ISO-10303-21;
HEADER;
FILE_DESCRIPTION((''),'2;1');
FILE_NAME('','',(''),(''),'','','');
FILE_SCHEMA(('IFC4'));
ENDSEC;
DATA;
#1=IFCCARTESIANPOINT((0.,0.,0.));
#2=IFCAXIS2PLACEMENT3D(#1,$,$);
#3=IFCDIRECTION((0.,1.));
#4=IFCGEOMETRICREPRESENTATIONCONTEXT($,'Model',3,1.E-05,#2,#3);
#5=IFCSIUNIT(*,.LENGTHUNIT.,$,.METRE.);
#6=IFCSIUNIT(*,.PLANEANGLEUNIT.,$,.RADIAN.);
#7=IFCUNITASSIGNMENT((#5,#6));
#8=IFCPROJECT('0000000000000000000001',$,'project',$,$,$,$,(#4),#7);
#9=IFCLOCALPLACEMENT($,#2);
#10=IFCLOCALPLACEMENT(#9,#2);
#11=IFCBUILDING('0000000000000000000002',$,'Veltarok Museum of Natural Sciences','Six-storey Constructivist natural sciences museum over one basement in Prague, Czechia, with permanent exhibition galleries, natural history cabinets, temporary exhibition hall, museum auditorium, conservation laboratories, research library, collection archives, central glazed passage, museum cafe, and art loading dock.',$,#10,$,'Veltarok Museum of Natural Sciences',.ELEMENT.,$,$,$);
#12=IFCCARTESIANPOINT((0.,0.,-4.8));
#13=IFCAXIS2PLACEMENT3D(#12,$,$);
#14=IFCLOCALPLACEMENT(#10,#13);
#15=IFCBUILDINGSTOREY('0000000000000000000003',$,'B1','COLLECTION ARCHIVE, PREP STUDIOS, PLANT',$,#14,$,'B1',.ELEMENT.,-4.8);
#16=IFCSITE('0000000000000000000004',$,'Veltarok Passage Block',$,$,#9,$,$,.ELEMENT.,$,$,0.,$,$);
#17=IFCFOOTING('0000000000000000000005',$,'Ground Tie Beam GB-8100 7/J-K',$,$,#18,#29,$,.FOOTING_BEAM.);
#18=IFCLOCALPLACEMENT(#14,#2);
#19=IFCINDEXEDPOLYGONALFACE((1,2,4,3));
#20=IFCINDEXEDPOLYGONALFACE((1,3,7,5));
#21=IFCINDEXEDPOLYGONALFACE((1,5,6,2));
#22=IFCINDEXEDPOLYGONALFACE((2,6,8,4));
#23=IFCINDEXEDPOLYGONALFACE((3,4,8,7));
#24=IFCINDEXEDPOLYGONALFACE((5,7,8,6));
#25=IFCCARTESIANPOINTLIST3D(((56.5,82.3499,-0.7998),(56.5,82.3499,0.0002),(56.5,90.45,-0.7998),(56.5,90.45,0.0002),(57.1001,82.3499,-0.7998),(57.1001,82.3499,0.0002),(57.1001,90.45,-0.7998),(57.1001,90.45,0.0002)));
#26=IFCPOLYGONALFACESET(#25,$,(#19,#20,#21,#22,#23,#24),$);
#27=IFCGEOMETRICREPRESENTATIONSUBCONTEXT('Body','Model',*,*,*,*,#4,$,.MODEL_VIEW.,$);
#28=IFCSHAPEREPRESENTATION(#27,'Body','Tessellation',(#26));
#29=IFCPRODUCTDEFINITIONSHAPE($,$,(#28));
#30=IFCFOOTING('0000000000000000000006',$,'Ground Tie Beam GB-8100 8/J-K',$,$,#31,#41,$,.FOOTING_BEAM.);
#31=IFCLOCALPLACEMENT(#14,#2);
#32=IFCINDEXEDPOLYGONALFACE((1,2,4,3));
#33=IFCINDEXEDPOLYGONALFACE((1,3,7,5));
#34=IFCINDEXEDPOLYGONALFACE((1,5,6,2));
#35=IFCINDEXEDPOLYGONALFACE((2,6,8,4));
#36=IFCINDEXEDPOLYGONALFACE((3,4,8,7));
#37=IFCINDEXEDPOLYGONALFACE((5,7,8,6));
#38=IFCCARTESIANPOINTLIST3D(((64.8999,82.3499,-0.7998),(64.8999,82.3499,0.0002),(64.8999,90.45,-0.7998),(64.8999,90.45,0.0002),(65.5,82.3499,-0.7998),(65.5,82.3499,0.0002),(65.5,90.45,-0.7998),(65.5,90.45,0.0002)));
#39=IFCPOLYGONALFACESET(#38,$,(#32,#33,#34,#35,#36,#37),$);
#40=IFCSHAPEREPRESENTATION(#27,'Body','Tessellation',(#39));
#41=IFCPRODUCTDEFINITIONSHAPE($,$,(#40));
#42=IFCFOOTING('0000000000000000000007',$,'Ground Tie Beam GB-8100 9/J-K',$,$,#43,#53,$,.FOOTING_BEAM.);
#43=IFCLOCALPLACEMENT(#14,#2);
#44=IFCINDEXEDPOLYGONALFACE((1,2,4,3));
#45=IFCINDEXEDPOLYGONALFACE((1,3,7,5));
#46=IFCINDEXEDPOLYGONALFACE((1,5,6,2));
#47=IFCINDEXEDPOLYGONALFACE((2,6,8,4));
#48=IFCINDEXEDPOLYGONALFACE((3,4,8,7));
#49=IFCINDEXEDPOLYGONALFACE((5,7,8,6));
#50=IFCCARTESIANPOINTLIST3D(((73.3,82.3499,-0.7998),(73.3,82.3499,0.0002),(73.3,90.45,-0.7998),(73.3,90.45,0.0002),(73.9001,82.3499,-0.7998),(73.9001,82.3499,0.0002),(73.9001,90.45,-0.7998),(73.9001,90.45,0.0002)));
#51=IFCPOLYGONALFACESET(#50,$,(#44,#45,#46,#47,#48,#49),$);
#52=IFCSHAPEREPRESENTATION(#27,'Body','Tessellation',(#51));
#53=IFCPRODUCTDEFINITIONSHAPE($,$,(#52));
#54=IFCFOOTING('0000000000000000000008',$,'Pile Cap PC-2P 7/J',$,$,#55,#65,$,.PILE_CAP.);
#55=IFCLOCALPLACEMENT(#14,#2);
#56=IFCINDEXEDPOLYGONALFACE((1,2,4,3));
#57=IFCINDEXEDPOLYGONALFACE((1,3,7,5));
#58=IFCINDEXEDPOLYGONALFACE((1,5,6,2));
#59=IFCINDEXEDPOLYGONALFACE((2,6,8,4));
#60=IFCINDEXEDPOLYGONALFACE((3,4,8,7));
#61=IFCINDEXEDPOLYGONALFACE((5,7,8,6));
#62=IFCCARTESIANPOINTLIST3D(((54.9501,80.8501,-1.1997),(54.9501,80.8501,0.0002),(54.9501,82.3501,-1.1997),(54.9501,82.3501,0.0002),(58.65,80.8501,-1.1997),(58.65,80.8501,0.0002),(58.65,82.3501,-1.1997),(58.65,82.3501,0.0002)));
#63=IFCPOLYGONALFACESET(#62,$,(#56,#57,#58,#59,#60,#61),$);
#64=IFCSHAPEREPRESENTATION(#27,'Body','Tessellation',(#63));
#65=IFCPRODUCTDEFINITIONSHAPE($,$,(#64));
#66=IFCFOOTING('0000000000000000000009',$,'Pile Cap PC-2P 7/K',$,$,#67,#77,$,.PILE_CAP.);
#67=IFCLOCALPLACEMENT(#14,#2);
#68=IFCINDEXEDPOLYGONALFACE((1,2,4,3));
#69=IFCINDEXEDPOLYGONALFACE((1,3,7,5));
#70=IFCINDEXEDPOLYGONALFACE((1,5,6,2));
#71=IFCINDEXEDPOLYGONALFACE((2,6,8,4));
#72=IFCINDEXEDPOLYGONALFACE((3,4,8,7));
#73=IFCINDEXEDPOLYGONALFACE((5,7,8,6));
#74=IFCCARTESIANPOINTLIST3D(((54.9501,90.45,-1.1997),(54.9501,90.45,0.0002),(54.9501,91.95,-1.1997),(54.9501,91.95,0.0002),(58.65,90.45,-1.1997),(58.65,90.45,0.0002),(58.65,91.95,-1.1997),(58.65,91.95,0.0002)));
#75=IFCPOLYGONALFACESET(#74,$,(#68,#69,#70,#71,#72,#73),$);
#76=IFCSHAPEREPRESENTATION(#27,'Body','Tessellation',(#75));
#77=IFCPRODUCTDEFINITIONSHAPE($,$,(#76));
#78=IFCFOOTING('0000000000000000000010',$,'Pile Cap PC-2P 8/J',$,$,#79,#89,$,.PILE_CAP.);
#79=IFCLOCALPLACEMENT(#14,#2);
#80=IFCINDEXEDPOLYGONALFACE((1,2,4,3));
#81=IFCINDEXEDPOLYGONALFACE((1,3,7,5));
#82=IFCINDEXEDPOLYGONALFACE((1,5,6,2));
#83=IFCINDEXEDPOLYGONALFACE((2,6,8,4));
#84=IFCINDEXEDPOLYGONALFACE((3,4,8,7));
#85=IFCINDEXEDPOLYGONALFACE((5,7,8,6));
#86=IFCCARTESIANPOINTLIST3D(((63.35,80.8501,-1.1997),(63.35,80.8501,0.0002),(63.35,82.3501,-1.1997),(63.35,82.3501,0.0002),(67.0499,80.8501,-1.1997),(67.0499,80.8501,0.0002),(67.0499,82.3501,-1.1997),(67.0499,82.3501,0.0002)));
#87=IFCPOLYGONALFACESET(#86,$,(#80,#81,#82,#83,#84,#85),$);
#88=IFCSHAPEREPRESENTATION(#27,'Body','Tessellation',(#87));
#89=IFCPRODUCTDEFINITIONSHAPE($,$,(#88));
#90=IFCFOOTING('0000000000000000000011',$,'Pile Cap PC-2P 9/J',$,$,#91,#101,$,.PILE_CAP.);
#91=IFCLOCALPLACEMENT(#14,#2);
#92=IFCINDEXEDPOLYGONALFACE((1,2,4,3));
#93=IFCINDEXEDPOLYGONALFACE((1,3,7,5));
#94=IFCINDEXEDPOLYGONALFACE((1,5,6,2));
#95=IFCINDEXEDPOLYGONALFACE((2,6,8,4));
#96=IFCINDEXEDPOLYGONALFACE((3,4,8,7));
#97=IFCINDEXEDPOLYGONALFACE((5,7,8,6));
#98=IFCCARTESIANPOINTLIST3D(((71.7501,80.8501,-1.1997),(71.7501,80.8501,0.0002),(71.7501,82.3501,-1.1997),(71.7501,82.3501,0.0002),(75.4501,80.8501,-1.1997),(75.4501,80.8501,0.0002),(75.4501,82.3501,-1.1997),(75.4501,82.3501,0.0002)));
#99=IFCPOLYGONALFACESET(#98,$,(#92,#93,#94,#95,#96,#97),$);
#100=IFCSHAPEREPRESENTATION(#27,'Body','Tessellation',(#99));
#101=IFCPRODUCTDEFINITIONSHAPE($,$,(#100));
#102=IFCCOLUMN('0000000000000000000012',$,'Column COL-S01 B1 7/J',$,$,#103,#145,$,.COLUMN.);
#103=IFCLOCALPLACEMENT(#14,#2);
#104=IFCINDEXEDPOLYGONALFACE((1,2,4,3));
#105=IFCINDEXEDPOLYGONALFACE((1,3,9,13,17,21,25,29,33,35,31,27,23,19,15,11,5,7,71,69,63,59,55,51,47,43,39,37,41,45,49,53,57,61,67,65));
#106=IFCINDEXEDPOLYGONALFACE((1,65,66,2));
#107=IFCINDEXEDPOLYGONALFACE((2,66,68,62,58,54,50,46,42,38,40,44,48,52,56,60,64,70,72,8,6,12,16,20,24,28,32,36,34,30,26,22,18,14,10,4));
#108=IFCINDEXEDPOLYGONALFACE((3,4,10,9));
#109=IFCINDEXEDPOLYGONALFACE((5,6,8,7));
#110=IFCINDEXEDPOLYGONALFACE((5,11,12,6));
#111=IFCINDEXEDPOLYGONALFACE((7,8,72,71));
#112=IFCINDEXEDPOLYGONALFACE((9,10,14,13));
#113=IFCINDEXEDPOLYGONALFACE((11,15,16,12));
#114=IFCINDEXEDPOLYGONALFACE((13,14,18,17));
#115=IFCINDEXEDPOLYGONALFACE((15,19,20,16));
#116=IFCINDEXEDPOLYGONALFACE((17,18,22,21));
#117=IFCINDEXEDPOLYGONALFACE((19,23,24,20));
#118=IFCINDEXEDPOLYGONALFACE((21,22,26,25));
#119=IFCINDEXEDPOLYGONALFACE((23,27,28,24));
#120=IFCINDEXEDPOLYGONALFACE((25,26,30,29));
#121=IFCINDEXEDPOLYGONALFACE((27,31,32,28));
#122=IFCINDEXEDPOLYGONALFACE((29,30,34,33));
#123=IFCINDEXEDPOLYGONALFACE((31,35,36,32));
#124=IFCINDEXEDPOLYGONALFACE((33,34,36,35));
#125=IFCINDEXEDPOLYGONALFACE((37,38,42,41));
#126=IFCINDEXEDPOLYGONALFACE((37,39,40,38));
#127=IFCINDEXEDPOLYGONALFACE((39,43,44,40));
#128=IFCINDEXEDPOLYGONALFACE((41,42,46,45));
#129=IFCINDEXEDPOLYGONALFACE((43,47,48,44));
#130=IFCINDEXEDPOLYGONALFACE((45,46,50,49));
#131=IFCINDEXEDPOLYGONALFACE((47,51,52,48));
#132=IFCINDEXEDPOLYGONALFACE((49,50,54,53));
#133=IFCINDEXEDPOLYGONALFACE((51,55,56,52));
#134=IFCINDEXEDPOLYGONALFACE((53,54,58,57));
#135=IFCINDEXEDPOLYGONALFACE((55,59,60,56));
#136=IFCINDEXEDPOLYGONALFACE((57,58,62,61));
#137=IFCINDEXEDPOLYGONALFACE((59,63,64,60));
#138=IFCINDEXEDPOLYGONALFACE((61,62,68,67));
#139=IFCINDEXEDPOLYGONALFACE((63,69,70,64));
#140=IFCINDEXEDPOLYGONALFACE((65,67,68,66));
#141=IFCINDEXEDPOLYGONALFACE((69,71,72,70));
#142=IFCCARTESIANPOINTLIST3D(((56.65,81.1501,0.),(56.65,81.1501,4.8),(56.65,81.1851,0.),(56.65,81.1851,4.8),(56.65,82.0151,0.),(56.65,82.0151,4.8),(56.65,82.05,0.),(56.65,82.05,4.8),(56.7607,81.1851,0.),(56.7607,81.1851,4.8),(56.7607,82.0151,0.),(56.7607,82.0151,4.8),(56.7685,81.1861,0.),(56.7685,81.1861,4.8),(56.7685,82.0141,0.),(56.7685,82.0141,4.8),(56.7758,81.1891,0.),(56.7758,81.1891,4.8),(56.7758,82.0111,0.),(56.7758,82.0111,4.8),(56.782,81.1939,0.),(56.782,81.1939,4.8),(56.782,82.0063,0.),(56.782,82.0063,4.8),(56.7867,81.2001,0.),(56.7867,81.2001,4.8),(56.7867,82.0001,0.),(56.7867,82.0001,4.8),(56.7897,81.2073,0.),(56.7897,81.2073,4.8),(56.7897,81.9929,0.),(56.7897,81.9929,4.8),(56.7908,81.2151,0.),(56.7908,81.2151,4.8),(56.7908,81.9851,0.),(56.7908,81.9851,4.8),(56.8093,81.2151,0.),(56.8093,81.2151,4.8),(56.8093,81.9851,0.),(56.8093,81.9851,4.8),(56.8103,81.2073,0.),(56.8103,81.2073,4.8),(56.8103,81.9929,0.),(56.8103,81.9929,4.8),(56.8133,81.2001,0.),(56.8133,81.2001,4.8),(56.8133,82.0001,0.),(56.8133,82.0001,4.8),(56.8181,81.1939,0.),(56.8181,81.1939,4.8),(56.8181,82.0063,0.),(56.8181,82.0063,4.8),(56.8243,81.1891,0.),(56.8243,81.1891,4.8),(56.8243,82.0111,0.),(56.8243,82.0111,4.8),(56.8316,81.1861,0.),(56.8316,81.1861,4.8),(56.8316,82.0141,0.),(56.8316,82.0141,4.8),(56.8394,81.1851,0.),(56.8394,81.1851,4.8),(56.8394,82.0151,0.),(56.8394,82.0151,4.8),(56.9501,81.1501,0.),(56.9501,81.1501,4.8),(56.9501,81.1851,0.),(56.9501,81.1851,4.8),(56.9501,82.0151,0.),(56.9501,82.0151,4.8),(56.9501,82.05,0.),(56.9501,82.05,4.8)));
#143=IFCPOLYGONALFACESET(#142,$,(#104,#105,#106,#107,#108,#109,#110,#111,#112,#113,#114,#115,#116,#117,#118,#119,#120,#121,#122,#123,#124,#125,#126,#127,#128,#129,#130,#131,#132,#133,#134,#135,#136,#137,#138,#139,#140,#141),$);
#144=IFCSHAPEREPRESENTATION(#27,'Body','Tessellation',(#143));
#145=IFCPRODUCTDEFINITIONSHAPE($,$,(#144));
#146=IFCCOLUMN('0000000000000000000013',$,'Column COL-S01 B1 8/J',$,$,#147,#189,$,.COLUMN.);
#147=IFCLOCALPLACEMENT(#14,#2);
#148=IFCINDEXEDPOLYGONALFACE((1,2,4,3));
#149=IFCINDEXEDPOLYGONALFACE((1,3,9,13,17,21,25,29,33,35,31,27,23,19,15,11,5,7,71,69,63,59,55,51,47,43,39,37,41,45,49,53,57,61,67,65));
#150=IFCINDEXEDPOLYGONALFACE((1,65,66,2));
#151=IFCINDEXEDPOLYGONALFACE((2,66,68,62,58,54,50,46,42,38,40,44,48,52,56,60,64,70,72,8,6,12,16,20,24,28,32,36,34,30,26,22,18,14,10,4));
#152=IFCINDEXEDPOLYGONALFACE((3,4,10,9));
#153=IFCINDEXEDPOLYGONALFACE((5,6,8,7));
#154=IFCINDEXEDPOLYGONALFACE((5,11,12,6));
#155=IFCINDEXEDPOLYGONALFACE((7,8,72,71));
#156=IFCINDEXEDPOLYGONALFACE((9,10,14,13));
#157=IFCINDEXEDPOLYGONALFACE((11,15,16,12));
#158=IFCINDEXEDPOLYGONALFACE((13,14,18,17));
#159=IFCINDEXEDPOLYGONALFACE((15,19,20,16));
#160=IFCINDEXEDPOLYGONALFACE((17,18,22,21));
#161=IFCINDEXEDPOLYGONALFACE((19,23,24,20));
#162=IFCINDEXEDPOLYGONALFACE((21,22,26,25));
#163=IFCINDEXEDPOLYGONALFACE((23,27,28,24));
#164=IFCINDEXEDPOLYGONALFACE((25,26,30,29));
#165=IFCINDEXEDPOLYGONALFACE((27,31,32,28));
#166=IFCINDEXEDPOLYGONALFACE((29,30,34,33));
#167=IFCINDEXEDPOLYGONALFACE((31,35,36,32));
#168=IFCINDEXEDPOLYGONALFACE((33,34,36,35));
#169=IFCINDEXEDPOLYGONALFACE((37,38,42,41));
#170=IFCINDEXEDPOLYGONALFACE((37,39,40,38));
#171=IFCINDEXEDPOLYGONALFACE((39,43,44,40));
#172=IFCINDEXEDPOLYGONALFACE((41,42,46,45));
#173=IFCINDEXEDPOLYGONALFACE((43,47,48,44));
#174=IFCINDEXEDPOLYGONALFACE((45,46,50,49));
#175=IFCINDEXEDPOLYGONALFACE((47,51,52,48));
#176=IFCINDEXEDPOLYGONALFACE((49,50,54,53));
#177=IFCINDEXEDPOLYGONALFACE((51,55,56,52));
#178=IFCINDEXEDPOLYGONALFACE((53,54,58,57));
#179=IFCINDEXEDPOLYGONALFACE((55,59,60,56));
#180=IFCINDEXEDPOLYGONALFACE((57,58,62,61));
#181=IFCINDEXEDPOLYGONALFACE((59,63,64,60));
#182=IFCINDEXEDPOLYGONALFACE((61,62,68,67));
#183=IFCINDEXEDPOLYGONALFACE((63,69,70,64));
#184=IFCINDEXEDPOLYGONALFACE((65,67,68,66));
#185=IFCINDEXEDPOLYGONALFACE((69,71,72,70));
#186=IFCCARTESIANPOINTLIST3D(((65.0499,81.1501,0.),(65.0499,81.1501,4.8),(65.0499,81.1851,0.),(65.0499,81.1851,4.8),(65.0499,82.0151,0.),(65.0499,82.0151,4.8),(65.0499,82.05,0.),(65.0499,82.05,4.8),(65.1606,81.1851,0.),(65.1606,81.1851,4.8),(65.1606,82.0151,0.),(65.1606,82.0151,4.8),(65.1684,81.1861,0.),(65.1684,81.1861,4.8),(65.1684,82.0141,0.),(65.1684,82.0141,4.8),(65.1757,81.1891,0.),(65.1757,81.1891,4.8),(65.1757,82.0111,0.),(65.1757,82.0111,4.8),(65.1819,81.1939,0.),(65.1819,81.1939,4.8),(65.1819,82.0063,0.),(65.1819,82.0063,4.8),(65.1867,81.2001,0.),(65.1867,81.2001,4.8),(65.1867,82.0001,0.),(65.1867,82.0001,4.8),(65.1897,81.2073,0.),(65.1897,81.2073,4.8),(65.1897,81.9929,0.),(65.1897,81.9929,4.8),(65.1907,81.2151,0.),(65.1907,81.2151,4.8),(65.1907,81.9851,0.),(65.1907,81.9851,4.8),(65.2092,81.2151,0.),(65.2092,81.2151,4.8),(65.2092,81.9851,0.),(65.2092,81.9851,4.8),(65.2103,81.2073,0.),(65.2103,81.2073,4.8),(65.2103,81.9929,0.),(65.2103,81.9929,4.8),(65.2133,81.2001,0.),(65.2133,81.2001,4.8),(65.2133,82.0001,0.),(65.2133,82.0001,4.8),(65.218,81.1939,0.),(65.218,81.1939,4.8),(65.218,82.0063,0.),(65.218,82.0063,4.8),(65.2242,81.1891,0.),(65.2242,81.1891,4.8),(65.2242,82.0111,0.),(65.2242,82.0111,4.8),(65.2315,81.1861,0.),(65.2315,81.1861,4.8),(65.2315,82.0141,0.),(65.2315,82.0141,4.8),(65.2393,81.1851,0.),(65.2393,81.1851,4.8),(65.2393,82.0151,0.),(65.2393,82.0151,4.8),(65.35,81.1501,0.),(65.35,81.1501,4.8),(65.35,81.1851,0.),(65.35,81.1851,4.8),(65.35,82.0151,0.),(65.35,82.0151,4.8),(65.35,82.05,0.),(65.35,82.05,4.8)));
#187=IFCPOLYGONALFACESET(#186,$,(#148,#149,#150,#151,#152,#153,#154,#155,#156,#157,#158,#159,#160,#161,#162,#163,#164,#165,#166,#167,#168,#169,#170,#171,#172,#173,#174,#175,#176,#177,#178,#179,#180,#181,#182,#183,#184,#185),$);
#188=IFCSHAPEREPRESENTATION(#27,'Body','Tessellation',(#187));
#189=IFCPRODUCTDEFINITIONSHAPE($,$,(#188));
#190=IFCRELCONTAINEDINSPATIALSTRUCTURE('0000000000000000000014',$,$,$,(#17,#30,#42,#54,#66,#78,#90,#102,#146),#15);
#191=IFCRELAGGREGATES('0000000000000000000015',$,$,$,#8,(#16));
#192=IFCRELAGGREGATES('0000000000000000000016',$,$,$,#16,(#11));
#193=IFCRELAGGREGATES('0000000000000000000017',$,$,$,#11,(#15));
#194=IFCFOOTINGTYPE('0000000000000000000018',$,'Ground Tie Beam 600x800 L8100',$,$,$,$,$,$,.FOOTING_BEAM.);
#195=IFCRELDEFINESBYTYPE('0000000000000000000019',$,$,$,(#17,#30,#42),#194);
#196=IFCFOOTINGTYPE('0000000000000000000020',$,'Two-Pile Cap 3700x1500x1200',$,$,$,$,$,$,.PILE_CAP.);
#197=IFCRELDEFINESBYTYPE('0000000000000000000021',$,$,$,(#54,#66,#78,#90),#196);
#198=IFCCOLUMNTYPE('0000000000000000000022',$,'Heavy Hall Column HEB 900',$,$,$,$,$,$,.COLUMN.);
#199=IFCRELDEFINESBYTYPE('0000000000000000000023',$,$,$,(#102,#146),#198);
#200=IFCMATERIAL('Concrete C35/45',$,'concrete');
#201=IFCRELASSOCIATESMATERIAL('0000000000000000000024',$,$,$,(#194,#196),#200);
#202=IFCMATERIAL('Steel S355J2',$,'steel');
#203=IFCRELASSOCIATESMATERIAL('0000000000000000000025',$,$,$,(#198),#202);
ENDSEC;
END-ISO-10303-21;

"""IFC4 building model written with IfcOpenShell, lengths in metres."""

from ifc_helpers import new_model, si_unit, direction, frame, origin, origin_2d, place, context, subcontext, project, spatial, rectangle, i_section, extrude, material, material_profile, profile_set, type_object, element, save


model = new_model("IFC4")

# Units and contexts
model_context = context("Model", 3, precision=1e-05, world=origin(), true_north=direction((0.0, 1.0)))
body_context = subcontext(model_context, "Body", "Model", "MODEL_VIEW")
ifc_project = project(units=[si_unit("LENGTHUNIT", "METRE"), si_unit("PLANEANGLEUNIT", "RADIAN")], contexts=[model_context])

# Site, building, storey
site_placement = place(None, origin())
site = spatial("IfcSite", under=ifc_project, at=site_placement, Name="Veltarok Passage Block", CompositionType="ELEMENT", RefElevation=0.0)
building_placement = place(site_placement, origin())
building = spatial("IfcBuilding", under=site, at=building_placement, Name="Veltarok Museum of Natural Sciences", Description="Six-storey Constructivist natural sciences museum over one basement in Prague, Czechia, with permanent exhibition galleries, natural history cabinets, temporary exhibition hall, museum auditorium, conservation laboratories, research library, collection archives, central glazed passage, museum cafe, and art loading dock.", LongName="Veltarok Museum of Natural Sciences", CompositionType="ELEMENT")
storey_placement = place(building_placement, frame((0.0, 0.0, -4.8)))
storey = spatial("IfcBuildingStorey", under=building, at=storey_placement, Name="B1", Description="COLLECTION ARCHIVE, PREP STUDIOS, PLANT", LongName="B1", CompositionType="ELEMENT", Elevation=-4.8)

# Shared definitions
ifc_material_1 = material(Name="Concrete C35/45", Category="concrete")

# Footings
footing_type_1 = type_object("IfcFootingType", Name="Ground Tie Beam 600x800 L8100", PredefinedType="FOOTING_BEAM", material=ifc_material_1)
for number, where, z_axis, x_axis, name in (
    (1, (56.8, 86.3999, -0.7998), (0.0, 0.0, 1.0), (0.0, 1.0, 0.0), "Ground Tie Beam GB-8100 7/J-K"),
    (2, (65.2, 86.3999, -0.7998), (0.0, 0.0, 1.0), (0.0, 1.0, 0.0), "Ground Tie Beam GB-8100 8/J-K"),
    (3, (73.6001, 86.3999, -0.7998), (0.0, 0.0, 1.0), (0.0, 1.0, 0.0), "Ground Tie Beam GB-8100 9/J-K"),
):
    element("IfcFooting", number, at=place(storey_placement, frame(where, z_axis=z_axis, x_axis=x_axis)), inside=storey, type_object=footing_type_1, Name=name, PredefinedType="FOOTING_BEAM", context=body_context, shape_type="SweptSolid", body=[
        extrude(rectangle(XDim=8.1001, YDim=0.6001, at=origin_2d()), origin(), (0.0, 0.0, 1.0), 0.8),
    ])
footing_type_2 = type_object("IfcFootingType", Name="Two-Pile Cap 3700x1500x1200", PredefinedType="PILE_CAP", material=ifc_material_1)
for number, where, z_axis, x_axis, name in (
    (4, (56.8, 81.6001, -1.1997), (0.0, 0.0, 1.0), (1.0, 0.0, 0.0), "Pile Cap PC-2P 7/J"),
    (5, (56.8, 91.2, -1.1997), (0.0, 0.0, 1.0), (1.0, 0.0, 0.0), "Pile Cap PC-2P 7/K"),
    (6, (65.2, 81.6001, -1.1997), (0.0, 0.0, 1.0), (1.0, 0.0, 0.0), "Pile Cap PC-2P 8/J"),
    (7, (73.6001, 81.6001, -1.1997), (0.0, 0.0, 1.0), (1.0, 0.0, 0.0), "Pile Cap PC-2P 9/J"),
):
    element("IfcFooting", number, at=place(storey_placement, frame(where, z_axis=z_axis, x_axis=x_axis)), inside=storey, type_object=footing_type_2, Name=name, PredefinedType="PILE_CAP", context=body_context, shape_type="SweptSolid", body=[
        extrude(rectangle(XDim=3.7, YDim=1.5, at=origin_2d()), origin(), (0.0, 0.0, 1.0), 1.2),
    ])

# Columns
ifc_material_2 = material(Name="Steel S355J2", Category="steel")
ifc_material_profile_1 = material_profile(ifc_material_2, i_section(OverallWidth=0.3, OverallDepth=0.8999, WebThickness=0.0186, FlangeThickness=0.0349, FilletRadius=0.03, at=origin_2d()), Name="HEB 900")
ifc_profile_set_1 = profile_set([ifc_material_profile_1], Name="Steel S355J2")
column_type = type_object("IfcColumnType", Name="Heavy Hall Column HEB 900", PredefinedType="COLUMN", material=ifc_profile_set_1)
for number, where, z_axis, x_axis, name in (
    (8, (56.8, 81.6001, 0.0), (0.0, 0.0, 1.0), (1.0, 0.0, 0.0), "Column COL-S01 B1 7/J"),
    (9, (65.2, 81.6001, 0.0), (0.0, 0.0, 1.0), (1.0, 0.0, 0.0), "Column COL-S01 B1 8/J"),
):
    element("IfcColumn", number, at=place(storey_placement, frame(where, z_axis=z_axis, x_axis=x_axis)), inside=storey, type_object=column_type, Name=name, PredefinedType="COLUMN", context=body_context, shape_type="SweptSolid", body=[
        extrude(i_section(OverallWidth=0.3, OverallDepth=0.8999, WebThickness=0.0186, FlangeThickness=0.0349, FilletRadius=0.03, at=origin_2d()), origin(), (0.0, 0.0, 1.0), 4.8),
    ])

save(model, "model.ifc")
